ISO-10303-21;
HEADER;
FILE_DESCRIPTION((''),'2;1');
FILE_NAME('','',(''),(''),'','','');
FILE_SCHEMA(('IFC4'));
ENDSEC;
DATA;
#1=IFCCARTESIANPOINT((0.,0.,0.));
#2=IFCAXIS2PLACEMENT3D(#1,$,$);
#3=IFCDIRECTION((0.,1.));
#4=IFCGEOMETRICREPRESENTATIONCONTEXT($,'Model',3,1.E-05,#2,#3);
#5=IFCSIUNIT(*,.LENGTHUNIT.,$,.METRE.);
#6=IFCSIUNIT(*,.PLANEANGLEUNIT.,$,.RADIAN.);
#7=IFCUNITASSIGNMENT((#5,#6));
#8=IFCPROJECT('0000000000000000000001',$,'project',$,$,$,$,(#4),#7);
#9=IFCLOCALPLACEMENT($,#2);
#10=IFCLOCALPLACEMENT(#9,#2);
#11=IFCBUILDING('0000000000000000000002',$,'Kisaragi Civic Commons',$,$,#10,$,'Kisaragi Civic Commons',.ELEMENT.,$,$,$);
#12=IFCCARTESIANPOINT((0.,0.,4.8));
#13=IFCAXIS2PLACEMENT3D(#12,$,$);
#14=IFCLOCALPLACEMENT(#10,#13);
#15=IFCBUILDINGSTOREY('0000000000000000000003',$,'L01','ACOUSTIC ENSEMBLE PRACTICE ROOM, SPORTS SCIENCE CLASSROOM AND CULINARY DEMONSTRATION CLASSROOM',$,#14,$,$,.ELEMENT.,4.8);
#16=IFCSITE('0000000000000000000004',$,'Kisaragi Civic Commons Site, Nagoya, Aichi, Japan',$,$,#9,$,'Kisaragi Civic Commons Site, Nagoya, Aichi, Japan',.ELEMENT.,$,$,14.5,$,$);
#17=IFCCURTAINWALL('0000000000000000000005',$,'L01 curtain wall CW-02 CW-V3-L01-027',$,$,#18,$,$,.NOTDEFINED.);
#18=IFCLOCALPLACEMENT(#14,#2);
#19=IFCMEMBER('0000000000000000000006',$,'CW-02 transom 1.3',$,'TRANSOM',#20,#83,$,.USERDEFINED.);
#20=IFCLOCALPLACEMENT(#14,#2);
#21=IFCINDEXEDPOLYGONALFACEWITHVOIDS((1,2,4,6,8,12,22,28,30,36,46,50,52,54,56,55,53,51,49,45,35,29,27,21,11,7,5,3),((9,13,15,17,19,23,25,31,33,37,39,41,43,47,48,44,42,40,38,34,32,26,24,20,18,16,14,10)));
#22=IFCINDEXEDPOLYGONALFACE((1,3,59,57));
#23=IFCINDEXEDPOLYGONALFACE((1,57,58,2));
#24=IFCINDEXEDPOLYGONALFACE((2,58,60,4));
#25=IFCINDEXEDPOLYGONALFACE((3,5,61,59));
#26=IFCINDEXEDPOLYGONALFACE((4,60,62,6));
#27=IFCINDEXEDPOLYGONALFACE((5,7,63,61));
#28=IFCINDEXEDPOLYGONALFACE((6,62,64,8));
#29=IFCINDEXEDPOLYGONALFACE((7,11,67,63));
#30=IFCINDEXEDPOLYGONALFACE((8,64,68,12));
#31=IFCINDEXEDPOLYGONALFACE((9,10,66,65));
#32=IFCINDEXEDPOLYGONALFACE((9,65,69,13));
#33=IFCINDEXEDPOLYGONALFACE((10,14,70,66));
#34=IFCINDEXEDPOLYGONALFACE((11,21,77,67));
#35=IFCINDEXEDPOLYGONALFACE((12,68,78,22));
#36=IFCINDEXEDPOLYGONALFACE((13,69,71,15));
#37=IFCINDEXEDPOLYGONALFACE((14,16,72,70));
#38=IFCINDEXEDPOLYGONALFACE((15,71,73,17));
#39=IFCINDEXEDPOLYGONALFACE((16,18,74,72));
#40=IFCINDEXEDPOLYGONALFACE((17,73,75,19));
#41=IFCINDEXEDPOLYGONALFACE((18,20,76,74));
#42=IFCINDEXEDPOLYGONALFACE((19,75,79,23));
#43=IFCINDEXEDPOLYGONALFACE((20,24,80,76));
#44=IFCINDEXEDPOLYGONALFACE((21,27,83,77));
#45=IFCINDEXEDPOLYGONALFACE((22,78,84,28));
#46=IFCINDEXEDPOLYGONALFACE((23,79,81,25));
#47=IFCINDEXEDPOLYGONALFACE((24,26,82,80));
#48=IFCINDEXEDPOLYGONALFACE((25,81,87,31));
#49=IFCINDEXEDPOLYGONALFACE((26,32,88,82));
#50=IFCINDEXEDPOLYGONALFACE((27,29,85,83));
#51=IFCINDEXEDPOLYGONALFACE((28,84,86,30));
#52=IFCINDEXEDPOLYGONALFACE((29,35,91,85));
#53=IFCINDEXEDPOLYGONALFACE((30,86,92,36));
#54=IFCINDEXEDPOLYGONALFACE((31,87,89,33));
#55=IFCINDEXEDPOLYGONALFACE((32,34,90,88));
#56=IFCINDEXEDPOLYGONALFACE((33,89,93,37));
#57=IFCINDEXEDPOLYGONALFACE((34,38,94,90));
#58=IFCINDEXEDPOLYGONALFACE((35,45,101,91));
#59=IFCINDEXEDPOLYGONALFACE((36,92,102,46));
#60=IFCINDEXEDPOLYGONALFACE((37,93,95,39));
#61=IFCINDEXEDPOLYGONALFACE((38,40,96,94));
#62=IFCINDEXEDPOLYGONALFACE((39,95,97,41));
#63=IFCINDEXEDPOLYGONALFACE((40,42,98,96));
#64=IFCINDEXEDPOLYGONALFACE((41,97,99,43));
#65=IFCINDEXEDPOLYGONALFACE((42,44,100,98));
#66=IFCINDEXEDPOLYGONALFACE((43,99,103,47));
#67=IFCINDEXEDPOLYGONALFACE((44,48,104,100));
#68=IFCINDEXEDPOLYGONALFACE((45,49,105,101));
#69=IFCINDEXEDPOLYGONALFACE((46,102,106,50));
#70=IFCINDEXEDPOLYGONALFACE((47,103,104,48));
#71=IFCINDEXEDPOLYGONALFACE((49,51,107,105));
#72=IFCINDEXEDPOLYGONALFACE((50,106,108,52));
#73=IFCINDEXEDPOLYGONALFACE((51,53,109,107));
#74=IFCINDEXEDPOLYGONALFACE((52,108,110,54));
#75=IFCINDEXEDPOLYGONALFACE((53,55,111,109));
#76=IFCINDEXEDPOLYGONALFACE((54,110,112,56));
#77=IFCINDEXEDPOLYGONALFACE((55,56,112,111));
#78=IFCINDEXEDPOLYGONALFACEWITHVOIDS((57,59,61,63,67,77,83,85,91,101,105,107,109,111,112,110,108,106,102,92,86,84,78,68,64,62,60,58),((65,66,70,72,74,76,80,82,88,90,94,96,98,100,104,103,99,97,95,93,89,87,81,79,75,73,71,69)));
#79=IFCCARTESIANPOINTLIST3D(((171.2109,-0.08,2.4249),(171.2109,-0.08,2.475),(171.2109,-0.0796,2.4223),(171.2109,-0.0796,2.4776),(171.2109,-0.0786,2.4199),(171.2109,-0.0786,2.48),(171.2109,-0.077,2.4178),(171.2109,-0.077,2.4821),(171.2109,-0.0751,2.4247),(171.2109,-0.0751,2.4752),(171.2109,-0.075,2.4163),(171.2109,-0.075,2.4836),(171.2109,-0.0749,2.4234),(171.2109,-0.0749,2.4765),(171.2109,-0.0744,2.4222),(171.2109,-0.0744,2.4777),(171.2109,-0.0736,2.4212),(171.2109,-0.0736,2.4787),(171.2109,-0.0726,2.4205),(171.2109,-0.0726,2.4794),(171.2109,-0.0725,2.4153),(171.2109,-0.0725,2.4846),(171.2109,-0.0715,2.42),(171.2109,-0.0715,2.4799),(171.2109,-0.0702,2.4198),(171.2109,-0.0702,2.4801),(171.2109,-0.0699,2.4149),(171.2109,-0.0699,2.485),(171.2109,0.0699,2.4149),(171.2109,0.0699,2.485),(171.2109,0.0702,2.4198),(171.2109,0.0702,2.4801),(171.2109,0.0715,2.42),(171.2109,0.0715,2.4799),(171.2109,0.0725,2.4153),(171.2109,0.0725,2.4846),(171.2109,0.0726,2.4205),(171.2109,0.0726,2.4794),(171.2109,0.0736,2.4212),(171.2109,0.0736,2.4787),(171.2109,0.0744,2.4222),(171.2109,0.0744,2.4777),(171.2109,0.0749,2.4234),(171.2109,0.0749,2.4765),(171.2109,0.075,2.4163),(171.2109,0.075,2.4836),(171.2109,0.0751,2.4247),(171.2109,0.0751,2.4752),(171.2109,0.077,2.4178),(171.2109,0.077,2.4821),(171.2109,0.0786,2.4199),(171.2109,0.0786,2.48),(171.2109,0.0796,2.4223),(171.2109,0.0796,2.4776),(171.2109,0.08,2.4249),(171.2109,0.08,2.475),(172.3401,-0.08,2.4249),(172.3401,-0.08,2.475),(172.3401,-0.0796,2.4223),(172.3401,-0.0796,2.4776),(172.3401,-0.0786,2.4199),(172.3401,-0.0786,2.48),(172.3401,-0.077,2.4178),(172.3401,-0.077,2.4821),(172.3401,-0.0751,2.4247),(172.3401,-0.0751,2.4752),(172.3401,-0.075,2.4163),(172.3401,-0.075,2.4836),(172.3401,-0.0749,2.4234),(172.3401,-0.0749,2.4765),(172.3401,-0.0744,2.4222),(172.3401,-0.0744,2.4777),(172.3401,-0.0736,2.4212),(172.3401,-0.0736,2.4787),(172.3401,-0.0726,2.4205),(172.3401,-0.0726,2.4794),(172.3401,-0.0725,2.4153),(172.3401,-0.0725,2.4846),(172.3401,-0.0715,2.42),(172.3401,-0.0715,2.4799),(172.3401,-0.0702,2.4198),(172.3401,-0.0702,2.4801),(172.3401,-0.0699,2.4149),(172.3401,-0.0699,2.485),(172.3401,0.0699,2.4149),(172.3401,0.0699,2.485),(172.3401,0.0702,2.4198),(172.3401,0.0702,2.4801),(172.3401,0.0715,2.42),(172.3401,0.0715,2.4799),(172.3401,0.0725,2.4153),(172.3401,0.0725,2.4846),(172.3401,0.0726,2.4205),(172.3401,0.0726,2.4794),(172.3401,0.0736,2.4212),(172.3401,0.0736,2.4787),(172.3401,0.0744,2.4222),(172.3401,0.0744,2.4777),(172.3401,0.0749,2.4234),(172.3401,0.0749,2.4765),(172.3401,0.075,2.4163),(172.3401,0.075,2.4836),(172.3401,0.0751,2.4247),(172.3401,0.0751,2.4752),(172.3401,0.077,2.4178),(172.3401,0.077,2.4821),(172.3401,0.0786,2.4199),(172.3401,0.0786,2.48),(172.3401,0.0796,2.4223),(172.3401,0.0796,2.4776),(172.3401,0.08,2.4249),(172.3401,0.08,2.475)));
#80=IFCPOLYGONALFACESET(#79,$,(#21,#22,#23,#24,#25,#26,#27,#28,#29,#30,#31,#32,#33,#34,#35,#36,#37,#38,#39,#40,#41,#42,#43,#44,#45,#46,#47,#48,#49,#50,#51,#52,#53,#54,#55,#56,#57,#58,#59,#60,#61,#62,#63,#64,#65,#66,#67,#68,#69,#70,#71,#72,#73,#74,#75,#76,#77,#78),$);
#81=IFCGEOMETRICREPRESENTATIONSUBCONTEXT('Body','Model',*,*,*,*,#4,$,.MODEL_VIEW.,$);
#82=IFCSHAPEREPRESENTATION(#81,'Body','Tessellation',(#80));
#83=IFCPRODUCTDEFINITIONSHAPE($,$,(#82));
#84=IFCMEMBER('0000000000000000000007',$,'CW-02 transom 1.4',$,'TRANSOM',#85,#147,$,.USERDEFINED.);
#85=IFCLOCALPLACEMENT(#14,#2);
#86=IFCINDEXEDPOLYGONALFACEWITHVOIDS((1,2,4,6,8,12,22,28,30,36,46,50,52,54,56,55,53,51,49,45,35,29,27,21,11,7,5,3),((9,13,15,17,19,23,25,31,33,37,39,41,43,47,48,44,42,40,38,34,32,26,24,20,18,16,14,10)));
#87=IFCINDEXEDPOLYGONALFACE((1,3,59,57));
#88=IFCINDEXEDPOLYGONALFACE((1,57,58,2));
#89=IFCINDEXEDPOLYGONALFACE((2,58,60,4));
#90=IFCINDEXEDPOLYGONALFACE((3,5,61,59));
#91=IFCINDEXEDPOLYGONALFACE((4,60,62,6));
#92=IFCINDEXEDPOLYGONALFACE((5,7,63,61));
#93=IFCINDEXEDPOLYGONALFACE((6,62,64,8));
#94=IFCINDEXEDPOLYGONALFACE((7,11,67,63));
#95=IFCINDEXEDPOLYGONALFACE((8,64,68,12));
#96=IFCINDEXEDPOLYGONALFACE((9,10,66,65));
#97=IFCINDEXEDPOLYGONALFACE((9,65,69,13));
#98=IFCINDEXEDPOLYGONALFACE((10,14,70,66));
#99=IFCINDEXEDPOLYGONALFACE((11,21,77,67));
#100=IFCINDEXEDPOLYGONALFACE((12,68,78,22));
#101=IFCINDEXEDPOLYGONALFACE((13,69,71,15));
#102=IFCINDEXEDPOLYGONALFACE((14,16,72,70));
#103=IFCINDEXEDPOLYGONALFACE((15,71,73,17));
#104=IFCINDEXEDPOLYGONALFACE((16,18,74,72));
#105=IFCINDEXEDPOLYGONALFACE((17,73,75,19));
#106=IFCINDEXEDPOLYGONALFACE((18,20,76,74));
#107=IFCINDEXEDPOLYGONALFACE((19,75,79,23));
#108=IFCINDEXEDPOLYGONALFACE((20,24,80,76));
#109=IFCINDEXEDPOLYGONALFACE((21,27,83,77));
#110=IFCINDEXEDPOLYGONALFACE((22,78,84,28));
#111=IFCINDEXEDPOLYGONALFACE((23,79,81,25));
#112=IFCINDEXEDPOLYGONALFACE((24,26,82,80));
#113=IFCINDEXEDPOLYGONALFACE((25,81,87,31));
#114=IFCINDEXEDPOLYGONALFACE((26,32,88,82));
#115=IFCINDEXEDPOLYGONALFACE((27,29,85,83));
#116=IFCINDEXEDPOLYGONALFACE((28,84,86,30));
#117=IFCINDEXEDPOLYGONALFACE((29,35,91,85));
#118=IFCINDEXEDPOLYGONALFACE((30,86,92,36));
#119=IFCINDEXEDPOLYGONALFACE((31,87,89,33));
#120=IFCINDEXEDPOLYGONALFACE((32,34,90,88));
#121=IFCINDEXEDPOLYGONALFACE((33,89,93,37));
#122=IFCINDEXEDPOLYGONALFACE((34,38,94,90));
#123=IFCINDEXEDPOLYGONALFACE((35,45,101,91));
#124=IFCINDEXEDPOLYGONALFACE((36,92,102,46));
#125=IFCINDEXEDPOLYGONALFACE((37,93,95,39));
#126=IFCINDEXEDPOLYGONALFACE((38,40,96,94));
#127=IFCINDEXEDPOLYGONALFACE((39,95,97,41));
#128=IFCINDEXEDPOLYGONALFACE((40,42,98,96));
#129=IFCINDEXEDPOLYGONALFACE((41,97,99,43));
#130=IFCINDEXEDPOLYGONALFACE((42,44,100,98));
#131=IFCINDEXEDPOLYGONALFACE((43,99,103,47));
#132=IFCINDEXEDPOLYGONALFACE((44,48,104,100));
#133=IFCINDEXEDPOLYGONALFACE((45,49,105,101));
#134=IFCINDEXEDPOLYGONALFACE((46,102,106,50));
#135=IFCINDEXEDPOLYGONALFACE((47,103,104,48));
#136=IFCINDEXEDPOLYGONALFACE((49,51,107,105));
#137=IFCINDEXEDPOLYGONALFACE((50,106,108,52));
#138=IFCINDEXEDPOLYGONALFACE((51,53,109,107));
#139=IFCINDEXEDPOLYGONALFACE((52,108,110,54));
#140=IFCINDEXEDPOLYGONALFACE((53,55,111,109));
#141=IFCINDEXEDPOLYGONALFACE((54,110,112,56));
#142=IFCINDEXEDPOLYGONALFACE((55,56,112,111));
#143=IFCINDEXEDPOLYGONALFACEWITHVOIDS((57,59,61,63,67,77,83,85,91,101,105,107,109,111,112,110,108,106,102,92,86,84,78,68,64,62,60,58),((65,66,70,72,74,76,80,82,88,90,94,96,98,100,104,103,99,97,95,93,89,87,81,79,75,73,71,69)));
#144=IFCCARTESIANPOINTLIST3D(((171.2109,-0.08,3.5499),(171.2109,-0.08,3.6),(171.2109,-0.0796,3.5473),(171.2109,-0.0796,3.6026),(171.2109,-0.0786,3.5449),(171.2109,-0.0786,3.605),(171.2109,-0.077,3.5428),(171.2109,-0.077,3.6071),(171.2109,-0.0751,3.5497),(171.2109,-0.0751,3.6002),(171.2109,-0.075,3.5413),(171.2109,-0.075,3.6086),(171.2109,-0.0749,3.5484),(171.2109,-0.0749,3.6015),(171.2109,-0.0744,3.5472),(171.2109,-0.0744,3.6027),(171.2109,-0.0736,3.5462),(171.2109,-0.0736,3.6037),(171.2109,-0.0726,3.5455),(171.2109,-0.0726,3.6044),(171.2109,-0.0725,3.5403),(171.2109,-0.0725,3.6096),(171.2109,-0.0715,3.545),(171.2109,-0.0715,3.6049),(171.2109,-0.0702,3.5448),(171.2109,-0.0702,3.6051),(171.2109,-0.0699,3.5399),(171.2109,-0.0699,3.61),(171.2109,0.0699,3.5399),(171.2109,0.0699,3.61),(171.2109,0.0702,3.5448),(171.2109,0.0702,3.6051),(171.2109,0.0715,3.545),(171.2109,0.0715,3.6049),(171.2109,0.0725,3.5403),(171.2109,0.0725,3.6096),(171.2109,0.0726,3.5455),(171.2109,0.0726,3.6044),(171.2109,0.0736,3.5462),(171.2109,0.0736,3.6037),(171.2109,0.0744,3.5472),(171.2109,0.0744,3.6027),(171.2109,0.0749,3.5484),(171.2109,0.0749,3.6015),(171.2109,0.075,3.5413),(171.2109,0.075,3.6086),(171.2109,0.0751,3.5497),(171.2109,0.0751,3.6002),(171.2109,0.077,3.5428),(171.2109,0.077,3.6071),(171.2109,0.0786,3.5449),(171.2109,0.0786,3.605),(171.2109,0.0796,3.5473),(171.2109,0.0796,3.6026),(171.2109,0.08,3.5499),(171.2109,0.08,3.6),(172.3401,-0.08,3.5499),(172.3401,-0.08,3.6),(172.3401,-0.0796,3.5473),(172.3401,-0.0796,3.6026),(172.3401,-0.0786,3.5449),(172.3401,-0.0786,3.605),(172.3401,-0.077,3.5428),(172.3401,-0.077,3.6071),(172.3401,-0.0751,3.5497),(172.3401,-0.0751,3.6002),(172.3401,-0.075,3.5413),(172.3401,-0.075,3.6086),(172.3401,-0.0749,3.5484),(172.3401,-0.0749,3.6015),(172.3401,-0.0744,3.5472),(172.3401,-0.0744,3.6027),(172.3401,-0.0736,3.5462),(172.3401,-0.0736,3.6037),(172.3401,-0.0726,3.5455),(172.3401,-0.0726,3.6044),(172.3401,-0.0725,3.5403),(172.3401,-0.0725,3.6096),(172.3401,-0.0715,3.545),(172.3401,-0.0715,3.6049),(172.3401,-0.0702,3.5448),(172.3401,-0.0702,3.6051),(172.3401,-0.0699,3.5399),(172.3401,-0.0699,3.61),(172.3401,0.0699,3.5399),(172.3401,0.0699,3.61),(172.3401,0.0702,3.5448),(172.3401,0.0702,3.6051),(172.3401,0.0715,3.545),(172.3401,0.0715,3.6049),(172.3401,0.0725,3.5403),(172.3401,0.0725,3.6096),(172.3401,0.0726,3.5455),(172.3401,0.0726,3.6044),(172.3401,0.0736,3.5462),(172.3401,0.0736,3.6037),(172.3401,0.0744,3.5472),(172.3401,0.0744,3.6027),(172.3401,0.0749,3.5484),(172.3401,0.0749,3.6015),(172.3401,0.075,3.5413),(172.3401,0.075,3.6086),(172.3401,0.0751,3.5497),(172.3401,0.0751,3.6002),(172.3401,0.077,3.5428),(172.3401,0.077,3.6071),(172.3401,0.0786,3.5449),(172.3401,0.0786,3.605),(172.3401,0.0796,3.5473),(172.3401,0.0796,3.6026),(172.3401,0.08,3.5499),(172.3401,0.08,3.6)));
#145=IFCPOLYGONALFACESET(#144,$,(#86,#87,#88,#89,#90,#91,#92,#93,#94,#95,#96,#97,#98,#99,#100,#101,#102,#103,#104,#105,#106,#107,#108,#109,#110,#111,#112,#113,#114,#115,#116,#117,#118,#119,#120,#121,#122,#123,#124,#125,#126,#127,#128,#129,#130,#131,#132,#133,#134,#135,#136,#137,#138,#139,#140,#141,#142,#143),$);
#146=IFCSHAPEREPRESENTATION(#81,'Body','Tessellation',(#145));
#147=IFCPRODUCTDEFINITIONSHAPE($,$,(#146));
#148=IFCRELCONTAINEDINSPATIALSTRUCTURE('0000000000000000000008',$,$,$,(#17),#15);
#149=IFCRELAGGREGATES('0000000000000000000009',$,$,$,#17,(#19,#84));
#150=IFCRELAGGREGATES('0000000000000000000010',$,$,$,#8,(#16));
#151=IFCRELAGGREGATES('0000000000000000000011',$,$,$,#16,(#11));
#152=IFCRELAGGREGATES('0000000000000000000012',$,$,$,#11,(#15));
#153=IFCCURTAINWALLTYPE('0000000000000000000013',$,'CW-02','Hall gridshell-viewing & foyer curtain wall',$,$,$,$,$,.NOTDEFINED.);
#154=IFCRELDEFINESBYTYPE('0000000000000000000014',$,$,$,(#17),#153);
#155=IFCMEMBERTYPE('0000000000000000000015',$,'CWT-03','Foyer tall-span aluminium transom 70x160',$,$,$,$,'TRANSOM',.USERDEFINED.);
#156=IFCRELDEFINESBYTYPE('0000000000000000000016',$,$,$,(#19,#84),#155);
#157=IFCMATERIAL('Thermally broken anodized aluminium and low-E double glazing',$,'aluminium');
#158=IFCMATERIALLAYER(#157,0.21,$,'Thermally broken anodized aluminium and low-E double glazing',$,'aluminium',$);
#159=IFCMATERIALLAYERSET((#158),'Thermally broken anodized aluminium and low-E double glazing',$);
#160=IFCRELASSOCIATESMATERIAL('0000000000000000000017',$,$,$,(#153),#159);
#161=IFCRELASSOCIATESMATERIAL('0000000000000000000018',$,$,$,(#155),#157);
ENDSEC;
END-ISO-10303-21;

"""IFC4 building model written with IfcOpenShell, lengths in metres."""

from ifc_helpers import new_model, si_unit, direction, frame, origin, origin_2d, place, context, subcontext, project, spatial, hollow_rectangle, extrude, material, layer, layer_set, material_profile, profile_set, type_object, element, aggregate, save


model = new_model("IFC4")

# Units and contexts
model_context = context("Model", 3, precision=1e-05, world=origin(), true_north=direction((0.0, 1.0)))
body_context = subcontext(model_context, "Body", "Model", "MODEL_VIEW")
ifc_project = project(units=[si_unit("LENGTHUNIT", "METRE"), si_unit("PLANEANGLEUNIT", "RADIAN")], contexts=[model_context])

# Site, building, storey
site_placement = place(None, origin())
site = spatial("IfcSite", under=ifc_project, at=site_placement, Name="Kisaragi Civic Commons Site, Nagoya, Aichi, Japan", LongName="Kisaragi Civic Commons Site, Nagoya, Aichi, Japan", CompositionType="ELEMENT", RefElevation=14.5)
building_placement = place(site_placement, origin())
building = spatial("IfcBuilding", under=site, at=building_placement, Name="Kisaragi Civic Commons", LongName="Kisaragi Civic Commons", CompositionType="ELEMENT")
storey_placement = place(building_placement, frame((0.0, 0.0, 4.8)))
storey = spatial("IfcBuildingStorey", under=building, at=storey_placement, Name="L01", Description="ACOUSTIC ENSEMBLE PRACTICE ROOM, SPORTS SCIENCE CLASSROOM AND CULINARY DEMONSTRATION CLASSROOM", CompositionType="ELEMENT", Elevation=4.8)

# Curtain wall, members
ifc_material_1 = material(Name="Thermally broken anodized aluminium and low-E double glazing", Category="aluminium")
ifc_layer_1 = layer(ifc_material_1, 0.21, Name="Thermally broken anodized aluminium and low-E double glazing", Category="aluminium")
ifc_layer_set_1 = layer_set([ifc_layer_1], Name="Thermally broken anodized aluminium and low-E double glazing")
curtain_wall_type = type_object("IfcCurtainWallType", Name="CW-02", Description="Hall gridshell-viewing & foyer curtain wall", PredefinedType="NOTDEFINED", material=ifc_layer_set_1)
curtain_wall_placement = place(storey_placement, origin())
curtain_wall = element("IfcCurtainWall", 1, at=curtain_wall_placement, inside=storey, type_object=curtain_wall_type, Name="L01 curtain wall CW-02 CW-V3-L01-027", PredefinedType="NOTDEFINED")
ifc_material_profile_1 = material_profile(ifc_material_1, hollow_rectangle(XDim=0.1599, YDim=0.0701, WallThickness=0.0049, InnerFilletRadius=0.0049, OuterFilletRadius=0.01, at=origin_2d()), Name="CWT-70x160x5", Category="aluminium")
ifc_profile_set_1 = profile_set([ifc_material_profile_1], Name="Thermally broken anodized aluminium and low-E double glazing")
member_type_1 = type_object("IfcMemberType", Name="CWT-03", Description="Foyer tall-span aluminium transom 70x160", ElementType="TRANSOM", PredefinedType="USERDEFINED", material=ifc_profile_set_1)
member_1_placement = place(storey_placement, frame((172.3401, 0.0, 2.45), z_axis=(-1.0, 0.0, 0.0), x_axis=(0.0, -1.0, 0.0)))
member_1 = element("IfcMember", 2, at=member_1_placement, type_object=member_type_1, Name="CW-02 transom 1.3", ObjectType="TRANSOM", PredefinedType="USERDEFINED", context=body_context, shape_type="SweptSolid", body=[
    extrude(hollow_rectangle(XDim=0.1599, YDim=0.0701, WallThickness=0.0049, InnerFilletRadius=0.0049, OuterFilletRadius=0.01, at=origin_2d()), origin(), (0.0, 0.0, 1.0), 1.1292),
])
member_2_placement = place(storey_placement, frame((172.3401, 0.0, 3.575), z_axis=(-1.0, 0.0, 0.0), x_axis=(0.0, -1.0, 0.0)))
member_2 = element("IfcMember", 3, at=member_2_placement, type_object=member_type_1, Name="CW-02 transom 1.4", ObjectType="TRANSOM", PredefinedType="USERDEFINED", context=body_context, shape_type="SweptSolid", body=[
    extrude(hollow_rectangle(XDim=0.1599, YDim=0.0701, WallThickness=0.0049, InnerFilletRadius=0.0049, OuterFilletRadius=0.01, at=origin_2d()), origin(), (0.0, 0.0, 1.0), 1.1292),
])

aggregate(curtain_wall, [member_1, member_2])

save(model, "model.ifc")
